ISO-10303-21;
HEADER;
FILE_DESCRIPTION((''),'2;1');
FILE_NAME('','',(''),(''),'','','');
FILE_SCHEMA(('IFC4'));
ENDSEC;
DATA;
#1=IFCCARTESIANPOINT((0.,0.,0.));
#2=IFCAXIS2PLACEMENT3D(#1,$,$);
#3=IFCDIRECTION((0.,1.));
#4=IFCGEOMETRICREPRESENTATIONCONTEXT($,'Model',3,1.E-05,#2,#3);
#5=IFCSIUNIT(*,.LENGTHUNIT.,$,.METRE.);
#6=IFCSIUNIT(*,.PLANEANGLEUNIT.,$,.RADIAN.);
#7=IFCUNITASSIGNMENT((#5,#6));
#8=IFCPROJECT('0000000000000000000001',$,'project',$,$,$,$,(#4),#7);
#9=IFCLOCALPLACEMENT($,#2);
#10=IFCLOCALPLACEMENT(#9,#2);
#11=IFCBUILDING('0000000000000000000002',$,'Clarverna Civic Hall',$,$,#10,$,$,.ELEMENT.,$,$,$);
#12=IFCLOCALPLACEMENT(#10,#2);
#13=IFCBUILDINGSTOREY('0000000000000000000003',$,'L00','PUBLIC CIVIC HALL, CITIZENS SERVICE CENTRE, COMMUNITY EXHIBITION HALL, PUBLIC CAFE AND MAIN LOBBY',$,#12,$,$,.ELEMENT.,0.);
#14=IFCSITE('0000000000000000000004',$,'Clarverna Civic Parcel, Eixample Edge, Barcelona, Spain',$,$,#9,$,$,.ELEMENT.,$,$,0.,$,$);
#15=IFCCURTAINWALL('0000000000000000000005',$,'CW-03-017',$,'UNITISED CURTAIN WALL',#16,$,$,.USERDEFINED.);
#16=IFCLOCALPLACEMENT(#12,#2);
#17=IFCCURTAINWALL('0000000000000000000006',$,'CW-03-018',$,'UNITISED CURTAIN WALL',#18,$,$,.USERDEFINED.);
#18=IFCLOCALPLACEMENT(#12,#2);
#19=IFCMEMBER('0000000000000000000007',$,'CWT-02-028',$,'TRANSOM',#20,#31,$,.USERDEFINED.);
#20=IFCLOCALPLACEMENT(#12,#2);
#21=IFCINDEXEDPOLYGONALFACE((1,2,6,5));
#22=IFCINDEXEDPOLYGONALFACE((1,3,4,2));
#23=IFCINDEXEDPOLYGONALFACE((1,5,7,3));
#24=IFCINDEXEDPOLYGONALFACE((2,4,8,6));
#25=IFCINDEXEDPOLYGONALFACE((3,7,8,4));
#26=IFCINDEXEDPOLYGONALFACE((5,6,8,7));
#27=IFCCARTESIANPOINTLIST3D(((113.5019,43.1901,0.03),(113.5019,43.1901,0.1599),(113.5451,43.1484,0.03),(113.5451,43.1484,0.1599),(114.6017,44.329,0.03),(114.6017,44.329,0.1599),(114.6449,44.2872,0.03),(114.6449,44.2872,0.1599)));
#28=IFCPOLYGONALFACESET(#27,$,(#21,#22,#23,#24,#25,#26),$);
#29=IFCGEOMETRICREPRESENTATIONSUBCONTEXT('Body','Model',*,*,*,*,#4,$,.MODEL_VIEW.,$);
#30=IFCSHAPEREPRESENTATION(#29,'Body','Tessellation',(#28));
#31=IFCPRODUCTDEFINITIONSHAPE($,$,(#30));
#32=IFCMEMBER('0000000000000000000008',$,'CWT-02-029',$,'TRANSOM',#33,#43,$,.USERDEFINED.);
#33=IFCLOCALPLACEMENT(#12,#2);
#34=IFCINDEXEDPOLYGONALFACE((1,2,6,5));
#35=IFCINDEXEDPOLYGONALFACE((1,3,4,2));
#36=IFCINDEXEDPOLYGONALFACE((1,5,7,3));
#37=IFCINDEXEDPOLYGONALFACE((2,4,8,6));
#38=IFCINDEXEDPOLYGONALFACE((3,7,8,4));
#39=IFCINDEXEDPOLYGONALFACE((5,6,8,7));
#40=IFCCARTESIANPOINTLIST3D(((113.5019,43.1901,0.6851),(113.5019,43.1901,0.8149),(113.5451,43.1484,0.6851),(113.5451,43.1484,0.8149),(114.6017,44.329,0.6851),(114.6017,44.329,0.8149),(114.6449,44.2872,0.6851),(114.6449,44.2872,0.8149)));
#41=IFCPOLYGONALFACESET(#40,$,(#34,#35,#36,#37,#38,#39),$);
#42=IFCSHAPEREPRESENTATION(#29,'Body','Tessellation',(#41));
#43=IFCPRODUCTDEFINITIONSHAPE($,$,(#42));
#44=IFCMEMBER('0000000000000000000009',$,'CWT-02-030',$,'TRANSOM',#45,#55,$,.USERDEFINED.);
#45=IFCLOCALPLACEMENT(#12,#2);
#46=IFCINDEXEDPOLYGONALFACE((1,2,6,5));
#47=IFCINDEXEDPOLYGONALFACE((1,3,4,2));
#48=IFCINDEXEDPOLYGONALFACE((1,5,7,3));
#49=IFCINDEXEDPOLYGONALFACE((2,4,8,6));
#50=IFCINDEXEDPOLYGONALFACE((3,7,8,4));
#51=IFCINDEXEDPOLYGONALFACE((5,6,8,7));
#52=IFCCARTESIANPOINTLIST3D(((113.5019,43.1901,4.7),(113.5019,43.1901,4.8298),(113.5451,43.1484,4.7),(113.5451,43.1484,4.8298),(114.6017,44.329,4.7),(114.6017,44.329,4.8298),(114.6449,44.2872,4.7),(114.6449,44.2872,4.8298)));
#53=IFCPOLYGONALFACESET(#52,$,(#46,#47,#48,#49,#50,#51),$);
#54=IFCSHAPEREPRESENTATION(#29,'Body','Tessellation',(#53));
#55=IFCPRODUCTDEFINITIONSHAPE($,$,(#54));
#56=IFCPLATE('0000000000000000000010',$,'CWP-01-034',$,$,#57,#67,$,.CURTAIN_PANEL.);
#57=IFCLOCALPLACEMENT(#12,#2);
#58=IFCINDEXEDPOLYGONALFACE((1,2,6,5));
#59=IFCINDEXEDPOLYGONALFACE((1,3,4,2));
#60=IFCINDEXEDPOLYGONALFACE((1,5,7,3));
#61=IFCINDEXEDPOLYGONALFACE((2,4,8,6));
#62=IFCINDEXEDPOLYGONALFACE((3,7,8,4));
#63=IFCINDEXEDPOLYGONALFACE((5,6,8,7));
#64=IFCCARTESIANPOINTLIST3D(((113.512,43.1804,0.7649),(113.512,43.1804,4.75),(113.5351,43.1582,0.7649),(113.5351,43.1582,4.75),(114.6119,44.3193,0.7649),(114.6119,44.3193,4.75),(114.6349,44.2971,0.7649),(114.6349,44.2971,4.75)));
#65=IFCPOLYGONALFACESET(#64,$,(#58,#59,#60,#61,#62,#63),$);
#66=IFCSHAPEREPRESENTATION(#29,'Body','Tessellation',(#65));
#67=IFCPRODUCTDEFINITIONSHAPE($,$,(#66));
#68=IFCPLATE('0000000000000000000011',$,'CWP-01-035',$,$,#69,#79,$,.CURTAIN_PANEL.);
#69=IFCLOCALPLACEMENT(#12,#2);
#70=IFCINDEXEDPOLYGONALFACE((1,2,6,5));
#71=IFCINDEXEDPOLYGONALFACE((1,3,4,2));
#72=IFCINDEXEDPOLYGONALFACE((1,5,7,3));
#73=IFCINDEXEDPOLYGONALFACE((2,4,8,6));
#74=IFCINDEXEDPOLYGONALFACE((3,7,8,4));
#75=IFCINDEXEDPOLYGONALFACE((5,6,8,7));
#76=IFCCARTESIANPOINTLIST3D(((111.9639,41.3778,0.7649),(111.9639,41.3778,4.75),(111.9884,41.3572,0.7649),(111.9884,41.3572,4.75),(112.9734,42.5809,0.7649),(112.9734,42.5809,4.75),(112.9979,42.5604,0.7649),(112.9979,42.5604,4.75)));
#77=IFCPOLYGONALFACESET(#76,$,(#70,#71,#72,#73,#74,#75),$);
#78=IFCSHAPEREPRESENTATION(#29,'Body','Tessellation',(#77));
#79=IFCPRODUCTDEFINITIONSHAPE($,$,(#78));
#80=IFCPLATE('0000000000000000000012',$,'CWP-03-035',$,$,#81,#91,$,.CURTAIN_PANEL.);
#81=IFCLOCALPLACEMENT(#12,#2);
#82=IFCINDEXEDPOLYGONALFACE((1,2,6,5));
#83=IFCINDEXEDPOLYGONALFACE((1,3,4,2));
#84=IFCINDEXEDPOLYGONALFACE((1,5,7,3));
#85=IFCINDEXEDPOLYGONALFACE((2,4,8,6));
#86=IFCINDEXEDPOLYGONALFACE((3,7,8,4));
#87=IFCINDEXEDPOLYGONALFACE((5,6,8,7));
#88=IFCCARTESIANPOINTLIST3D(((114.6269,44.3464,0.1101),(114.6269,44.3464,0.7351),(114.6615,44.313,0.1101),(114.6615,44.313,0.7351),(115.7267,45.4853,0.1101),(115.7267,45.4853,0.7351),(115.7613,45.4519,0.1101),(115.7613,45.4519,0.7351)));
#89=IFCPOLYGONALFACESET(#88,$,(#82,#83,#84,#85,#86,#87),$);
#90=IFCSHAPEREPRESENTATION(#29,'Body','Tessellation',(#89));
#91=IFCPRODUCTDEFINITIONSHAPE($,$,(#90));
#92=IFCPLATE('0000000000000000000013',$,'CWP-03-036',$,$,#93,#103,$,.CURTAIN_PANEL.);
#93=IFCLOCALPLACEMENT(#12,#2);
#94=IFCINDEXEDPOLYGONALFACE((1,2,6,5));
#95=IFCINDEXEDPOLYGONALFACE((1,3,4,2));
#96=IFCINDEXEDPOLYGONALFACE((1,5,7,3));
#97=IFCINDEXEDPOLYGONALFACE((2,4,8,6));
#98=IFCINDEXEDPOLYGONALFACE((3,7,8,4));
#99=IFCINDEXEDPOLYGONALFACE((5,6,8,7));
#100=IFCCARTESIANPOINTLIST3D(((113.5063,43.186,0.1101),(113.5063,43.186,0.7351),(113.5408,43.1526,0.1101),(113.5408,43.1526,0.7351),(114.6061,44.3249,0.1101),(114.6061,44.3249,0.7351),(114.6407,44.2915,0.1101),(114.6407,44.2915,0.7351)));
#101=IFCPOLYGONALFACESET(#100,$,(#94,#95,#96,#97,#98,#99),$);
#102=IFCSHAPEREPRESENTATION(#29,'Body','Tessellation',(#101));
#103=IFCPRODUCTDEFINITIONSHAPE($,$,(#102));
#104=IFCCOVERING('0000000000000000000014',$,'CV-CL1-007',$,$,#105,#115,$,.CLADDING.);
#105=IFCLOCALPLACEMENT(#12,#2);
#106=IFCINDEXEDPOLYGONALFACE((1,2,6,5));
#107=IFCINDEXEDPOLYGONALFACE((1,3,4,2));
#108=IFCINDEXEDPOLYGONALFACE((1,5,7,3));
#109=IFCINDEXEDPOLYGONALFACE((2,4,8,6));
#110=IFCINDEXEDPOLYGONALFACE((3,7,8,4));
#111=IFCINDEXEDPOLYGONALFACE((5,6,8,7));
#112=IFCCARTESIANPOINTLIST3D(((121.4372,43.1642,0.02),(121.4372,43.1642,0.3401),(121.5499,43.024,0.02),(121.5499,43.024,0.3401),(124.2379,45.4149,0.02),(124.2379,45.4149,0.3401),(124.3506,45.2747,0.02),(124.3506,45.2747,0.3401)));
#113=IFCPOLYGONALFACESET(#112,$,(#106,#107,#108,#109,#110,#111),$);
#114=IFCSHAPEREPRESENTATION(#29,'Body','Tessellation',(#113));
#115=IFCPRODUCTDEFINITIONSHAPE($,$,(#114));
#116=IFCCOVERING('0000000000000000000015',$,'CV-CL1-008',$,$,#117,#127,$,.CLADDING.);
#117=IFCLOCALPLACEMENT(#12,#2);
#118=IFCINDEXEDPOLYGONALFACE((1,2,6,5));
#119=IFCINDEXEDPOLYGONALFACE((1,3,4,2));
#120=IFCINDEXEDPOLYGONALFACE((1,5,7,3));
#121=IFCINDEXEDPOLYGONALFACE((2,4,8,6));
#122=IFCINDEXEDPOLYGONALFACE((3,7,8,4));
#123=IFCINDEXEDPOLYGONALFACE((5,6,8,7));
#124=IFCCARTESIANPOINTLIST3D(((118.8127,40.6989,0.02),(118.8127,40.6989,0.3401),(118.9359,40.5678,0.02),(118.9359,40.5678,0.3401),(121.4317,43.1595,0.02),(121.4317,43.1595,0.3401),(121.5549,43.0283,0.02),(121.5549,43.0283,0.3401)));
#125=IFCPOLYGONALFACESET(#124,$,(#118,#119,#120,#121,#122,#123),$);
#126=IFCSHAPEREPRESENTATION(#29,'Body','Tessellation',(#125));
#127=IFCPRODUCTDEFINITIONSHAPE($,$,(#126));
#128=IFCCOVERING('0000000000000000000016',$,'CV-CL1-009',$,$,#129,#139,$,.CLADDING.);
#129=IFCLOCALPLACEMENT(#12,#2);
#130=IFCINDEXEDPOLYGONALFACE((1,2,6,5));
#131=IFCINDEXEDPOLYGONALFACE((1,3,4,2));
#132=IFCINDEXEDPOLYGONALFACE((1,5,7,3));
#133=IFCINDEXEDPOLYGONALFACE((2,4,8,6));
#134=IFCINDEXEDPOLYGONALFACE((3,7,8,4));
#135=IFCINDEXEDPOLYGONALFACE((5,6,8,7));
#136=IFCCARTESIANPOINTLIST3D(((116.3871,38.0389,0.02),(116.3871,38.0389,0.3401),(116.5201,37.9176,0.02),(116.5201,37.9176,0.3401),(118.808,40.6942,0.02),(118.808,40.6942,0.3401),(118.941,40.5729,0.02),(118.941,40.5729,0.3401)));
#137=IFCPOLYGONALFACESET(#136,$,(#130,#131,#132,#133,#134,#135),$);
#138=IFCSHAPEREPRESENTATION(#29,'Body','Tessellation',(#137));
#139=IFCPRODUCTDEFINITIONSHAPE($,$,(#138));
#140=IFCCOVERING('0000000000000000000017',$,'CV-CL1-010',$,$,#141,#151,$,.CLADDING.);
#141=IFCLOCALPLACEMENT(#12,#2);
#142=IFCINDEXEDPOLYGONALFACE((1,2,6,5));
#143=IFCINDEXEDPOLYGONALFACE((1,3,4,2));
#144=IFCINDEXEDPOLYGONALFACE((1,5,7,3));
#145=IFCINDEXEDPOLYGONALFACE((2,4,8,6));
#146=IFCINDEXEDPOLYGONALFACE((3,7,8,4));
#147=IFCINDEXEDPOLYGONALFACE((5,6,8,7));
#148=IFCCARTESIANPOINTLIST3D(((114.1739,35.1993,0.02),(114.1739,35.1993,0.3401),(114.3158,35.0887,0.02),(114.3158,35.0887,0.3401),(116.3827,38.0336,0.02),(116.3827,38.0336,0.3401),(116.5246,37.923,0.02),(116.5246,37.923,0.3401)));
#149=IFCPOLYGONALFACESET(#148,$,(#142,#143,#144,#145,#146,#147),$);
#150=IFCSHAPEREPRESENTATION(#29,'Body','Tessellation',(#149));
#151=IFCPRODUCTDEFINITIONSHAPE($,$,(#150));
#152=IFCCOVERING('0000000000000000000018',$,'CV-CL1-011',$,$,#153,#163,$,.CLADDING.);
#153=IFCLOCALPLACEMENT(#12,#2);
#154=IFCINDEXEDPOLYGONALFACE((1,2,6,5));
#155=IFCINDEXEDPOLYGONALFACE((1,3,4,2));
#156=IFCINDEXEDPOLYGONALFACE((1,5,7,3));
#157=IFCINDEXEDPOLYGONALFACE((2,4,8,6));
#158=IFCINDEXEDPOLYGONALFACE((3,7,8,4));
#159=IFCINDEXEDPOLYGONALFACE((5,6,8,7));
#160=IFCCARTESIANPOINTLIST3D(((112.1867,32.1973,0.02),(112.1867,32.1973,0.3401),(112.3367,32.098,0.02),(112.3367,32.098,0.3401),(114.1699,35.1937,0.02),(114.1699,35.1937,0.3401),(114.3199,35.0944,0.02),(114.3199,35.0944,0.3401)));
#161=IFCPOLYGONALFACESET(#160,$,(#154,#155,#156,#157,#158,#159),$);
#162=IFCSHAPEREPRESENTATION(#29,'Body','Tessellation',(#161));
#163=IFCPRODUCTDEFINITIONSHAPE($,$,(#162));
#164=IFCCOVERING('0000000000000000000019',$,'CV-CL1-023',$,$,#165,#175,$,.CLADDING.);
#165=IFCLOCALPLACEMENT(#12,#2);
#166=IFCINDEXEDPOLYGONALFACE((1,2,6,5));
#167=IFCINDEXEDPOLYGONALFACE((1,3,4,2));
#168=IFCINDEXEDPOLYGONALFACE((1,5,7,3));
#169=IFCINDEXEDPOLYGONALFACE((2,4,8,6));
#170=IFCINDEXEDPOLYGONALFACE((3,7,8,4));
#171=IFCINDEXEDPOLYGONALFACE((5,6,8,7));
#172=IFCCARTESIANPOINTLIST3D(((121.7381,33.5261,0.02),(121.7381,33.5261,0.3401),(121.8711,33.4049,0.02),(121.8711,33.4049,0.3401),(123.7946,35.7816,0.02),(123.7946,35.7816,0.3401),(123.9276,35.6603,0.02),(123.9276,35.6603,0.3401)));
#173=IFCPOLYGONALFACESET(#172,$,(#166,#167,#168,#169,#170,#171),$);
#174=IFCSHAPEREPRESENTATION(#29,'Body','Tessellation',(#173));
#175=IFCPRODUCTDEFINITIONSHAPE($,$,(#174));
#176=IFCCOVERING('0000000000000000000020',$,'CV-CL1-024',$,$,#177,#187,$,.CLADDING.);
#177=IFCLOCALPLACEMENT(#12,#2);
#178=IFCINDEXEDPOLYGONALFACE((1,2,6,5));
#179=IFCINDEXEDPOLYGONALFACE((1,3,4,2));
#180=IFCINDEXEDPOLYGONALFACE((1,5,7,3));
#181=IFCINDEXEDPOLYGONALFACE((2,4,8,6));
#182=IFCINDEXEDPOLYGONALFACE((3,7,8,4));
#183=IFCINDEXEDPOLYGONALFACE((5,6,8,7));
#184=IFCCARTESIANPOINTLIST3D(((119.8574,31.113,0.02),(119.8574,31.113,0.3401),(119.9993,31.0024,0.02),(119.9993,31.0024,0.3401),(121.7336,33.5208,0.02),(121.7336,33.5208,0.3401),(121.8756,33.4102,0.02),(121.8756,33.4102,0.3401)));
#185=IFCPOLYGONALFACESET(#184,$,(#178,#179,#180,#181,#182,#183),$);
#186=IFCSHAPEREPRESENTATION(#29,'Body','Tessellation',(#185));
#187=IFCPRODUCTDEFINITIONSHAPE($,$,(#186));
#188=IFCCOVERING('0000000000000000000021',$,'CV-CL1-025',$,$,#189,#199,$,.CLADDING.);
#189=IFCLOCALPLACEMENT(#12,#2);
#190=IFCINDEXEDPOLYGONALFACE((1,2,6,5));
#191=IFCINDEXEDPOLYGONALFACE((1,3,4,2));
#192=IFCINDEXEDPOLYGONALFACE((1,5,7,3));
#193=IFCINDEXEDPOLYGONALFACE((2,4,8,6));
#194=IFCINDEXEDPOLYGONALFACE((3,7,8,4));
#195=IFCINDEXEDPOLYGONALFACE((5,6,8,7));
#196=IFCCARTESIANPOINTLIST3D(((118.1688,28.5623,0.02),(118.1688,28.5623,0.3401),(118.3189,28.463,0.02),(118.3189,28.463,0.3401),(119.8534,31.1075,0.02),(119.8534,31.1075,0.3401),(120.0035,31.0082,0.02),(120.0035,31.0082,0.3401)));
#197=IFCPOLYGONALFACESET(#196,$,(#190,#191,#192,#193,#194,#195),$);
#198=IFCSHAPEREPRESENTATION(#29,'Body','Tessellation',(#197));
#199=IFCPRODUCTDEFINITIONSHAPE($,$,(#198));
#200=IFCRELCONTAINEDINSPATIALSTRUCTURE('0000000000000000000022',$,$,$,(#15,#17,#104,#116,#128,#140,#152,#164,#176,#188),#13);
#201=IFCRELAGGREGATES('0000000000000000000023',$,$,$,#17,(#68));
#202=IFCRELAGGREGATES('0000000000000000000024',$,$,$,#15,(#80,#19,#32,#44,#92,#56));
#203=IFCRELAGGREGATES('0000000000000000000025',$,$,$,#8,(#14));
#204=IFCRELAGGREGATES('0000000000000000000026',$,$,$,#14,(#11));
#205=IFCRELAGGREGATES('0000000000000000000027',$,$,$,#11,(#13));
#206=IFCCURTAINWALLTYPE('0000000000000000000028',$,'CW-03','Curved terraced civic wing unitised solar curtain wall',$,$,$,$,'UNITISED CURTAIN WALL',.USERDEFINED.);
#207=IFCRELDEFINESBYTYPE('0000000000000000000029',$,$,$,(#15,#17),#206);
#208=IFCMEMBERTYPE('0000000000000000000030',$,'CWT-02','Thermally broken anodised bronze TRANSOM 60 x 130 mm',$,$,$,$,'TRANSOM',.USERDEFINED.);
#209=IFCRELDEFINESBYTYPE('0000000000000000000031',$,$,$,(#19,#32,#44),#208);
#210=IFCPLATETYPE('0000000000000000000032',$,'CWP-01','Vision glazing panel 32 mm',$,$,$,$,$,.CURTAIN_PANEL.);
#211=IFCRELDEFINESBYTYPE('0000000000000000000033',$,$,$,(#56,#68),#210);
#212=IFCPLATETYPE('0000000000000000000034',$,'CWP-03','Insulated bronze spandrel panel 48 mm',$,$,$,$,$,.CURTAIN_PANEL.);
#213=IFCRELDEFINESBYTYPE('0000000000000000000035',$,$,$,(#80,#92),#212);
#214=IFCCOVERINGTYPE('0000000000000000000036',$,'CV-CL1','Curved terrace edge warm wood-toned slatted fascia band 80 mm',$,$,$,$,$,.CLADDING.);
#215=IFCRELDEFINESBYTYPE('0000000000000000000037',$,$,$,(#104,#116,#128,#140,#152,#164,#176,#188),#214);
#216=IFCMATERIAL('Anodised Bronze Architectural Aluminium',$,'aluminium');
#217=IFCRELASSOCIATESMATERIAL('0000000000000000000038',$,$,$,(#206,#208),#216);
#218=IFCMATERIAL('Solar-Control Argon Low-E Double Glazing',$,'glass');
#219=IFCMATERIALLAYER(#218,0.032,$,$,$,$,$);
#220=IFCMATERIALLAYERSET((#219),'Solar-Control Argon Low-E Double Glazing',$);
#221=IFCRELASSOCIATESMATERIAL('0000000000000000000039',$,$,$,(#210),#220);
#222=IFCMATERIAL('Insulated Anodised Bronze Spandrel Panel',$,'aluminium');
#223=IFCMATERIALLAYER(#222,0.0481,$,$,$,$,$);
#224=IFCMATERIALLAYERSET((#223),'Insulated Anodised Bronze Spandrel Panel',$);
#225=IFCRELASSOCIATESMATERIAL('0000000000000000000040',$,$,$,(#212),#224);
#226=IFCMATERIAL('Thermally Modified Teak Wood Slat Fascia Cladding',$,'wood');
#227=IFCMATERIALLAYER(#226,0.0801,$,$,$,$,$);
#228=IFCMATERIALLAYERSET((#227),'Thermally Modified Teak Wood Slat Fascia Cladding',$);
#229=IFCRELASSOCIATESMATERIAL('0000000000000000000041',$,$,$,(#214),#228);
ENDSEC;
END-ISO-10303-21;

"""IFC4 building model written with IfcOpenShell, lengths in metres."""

from ifc_helpers import new_model, si_unit, direction, frame, frame_2d, origin, origin_2d, place, context, subcontext, project, spatial, rectangle, extrude, material, layer, layer_set, material_profile, profile_set, type_object, element, aggregate, save


model = new_model("IFC4")

# Units and contexts
model_context = context("Model", 3, precision=1e-05, world=origin(), true_north=direction((0.0, 1.0)))
body_context = subcontext(model_context, "Body", "Model", "MODEL_VIEW")
ifc_project = project(units=[si_unit("LENGTHUNIT", "METRE"), si_unit("PLANEANGLEUNIT", "RADIAN")], contexts=[model_context])

# Site, building, storey
site_placement = place(None, origin())
site = spatial("IfcSite", under=ifc_project, at=site_placement, Name="Clarverna Civic Parcel, Eixample Edge, Barcelona, Spain", CompositionType="ELEMENT", RefElevation=0.0)
building_placement = place(site_placement, origin())
building = spatial("IfcBuilding", under=site, at=building_placement, Name="Clarverna Civic Hall", CompositionType="ELEMENT")
storey_placement = place(building_placement, origin())
storey = spatial("IfcBuildingStorey", under=building, at=storey_placement, Name="L00", Description="PUBLIC CIVIC HALL, CITIZENS SERVICE CENTRE, COMMUNITY EXHIBITION HALL, PUBLIC CAFE AND MAIN LOBBY", CompositionType="ELEMENT", Elevation=0.0)

# Curtain wall
ifc_material_1 = material(Name="Anodised Bronze Architectural Aluminium", Category="aluminium")
curtain_wall_type = type_object("IfcCurtainWallType", Name="CW-03", Description="Curved terraced civic wing unitised solar curtain wall", ElementType="UNITISED CURTAIN WALL", PredefinedType="USERDEFINED", material=ifc_material_1)
curtain_wall_1_placement = place(storey_placement, origin())
curtain_wall_1 = element("IfcCurtainWall", 1, at=curtain_wall_1_placement, inside=storey, type_object=curtain_wall_type, Name="CW-03-017", ObjectType="UNITISED CURTAIN WALL", PredefinedType="USERDEFINED")

# Curtain wall
curtain_wall_2_placement = place(storey_placement, origin())
curtain_wall_2 = element("IfcCurtainWall", 2, at=curtain_wall_2_placement, inside=storey, type_object=curtain_wall_type, Name="CW-03-018", ObjectType="UNITISED CURTAIN WALL", PredefinedType="USERDEFINED")

# Members
ifc_material_profile_1 = material_profile(ifc_material_1, rectangle(XDim=0.0601, YDim=0.1299, at=origin_2d()), Name="BRONZE 60x130")
ifc_profile_set_1 = profile_set([ifc_material_profile_1], Name="Anodised Bronze Architectural Aluminium")
member_type_1 = type_object("IfcMemberType", Name="CWT-02", Description="Thermally broken anodised bronze TRANSOM 60 x 130 mm", ElementType="TRANSOM", PredefinedType="USERDEFINED", material=ifc_profile_set_1)
member_1_placement = place(storey_placement, frame((114.6233, 44.3081, 0.095), z_axis=(-0.694663, -0.719335, 0.0), x_axis=(0.719335, -0.694663, 0.0)))
member_1 = element("IfcMember", 3, at=member_1_placement, type_object=member_type_1, Name="CWT-02-028", ObjectType="TRANSOM", PredefinedType="USERDEFINED", context=body_context, shape_type="SweptSolid", body=[
    extrude(rectangle(XDim=0.0601, YDim=0.1299, at=origin_2d()), origin(), (0.0, 0.0, 1.0), 1.5833),
])
member_2_placement = place(storey_placement, frame((114.6233, 44.3081, 0.75), z_axis=(-0.694663, -0.719335, 0.0), x_axis=(0.719335, -0.694663, 0.0)))
member_2 = element("IfcMember", 4, at=member_2_placement, type_object=member_type_1, Name="CWT-02-029", ObjectType="TRANSOM", PredefinedType="USERDEFINED", context=body_context, shape_type="SweptSolid", body=[
    extrude(rectangle(XDim=0.0601, YDim=0.1299, at=origin_2d()), origin(), (0.0, 0.0, 1.0), 1.5833),
])
member_3_placement = place(storey_placement, frame((114.6233, 44.3081, 4.7649), z_axis=(-0.694663, -0.719335, 0.0), x_axis=(0.719335, -0.694663, 0.0)))
member_3 = element("IfcMember", 5, at=member_3_placement, type_object=member_type_1, Name="CWT-02-030", ObjectType="TRANSOM", PredefinedType="USERDEFINED", context=body_context, shape_type="SweptSolid", body=[
    extrude(rectangle(XDim=0.0601, YDim=0.1299, at=origin_2d()), origin(), (0.0, 0.0, 1.0), 1.5833),
])

# Plates
ifc_material_2 = material(Name="Solar-Control Argon Low-E Double Glazing", Category="glass")
ifc_layer_1 = layer(ifc_material_2, 0.032)
ifc_layer_set_1 = layer_set([ifc_layer_1], Name="Solar-Control Argon Low-E Double Glazing")
plate_type_1 = type_object("IfcPlateType", Name="CWP-01", Description="Vision glazing panel 32 mm", PredefinedType="CURTAIN_PANEL", material=ifc_layer_set_1)
plate_1_placement = place(storey_placement, frame((114.6233, 44.3081, 0.7649), z_axis=(0.0, 0.0, 1.0), x_axis=(-0.694663, -0.719335, 0.0)))
plate_1 = element("IfcPlate", 6, at=plate_1_placement, type_object=plate_type_1, Name="CWP-01-034", PredefinedType="CURTAIN_PANEL", context=body_context, shape_type="SweptSolid", body=[
    extrude(rectangle(XDim=1.5833, YDim=0.032, at=frame_2d((0.7915, 0.0))), origin(), (0.0, 0.0, 1.0), 3.9851),
])
plate_2_placement = place(storey_placement, frame((112.9856, 42.5706, 0.7649), z_axis=(0.0, 0.0, 1.0), x_axis=(-0.64278, -0.766051, 0.0)))
plate_2 = element("IfcPlate", 7, at=plate_2_placement, type_object=plate_type_1, Name="CWP-01-035", PredefinedType="CURTAIN_PANEL", context=body_context, shape_type="SweptSolid", body=[
    extrude(rectangle(XDim=1.5706, YDim=0.032, at=frame_2d((0.7852, 0.0))), origin(), (0.0, 0.0, 1.0), 3.9851),
])
aggregate(curtain_wall_2, [plate_2])
ifc_material_3 = material(Name="Insulated Anodised Bronze Spandrel Panel", Category="aluminium")
ifc_layer_2 = layer(ifc_material_3, 0.0481)
ifc_layer_set_2 = layer_set([ifc_layer_2], Name="Insulated Anodised Bronze Spandrel Panel")
plate_type_2 = type_object("IfcPlateType", Name="CWP-03", Description="Insulated bronze spandrel panel 48 mm", PredefinedType="CURTAIN_PANEL", material=ifc_layer_set_2)
plate_3_placement = place(storey_placement, frame((115.7439, 45.4685, 0.1101), z_axis=(0.0, 0.0, 1.0), x_axis=(-0.694663, -0.719335, 0.0)))
plate_3 = element("IfcPlate", 8, at=plate_3_placement, type_object=plate_type_2, Name="CWP-03-035", PredefinedType="CURTAIN_PANEL", context=body_context, shape_type="SweptSolid", body=[
    extrude(rectangle(XDim=1.5833, YDim=0.0481, at=frame_2d((0.7915, 0.0))), origin(), (0.0, 0.0, 1.0), 0.625),
])
plate_4_placement = place(storey_placement, frame((114.6233, 44.3081, 0.1101), z_axis=(0.0, 0.0, 1.0), x_axis=(-0.694663, -0.719335, 0.0)))
plate_4 = element("IfcPlate", 9, at=plate_4_placement, type_object=plate_type_2, Name="CWP-03-036", PredefinedType="CURTAIN_PANEL", context=body_context, shape_type="SweptSolid", body=[
    extrude(rectangle(XDim=1.5833, YDim=0.0481, at=frame_2d((0.7915, 0.0))), origin(), (0.0, 0.0, 1.0), 0.625),
])
aggregate(curtain_wall_1, [plate_3, member_1, member_2, member_3, plate_4, plate_1])

# Coverings
ifc_material_4 = material(Name="Thermally Modified Teak Wood Slat Fascia Cladding", Category="wood")
ifc_layer_3 = layer(ifc_material_4, 0.0801)
ifc_layer_set_3 = layer_set([ifc_layer_3], Name="Thermally Modified Teak Wood Slat Fascia Cladding")
covering_type = type_object("IfcCoveringType", Name="CV-CL1", Description="Curved terrace edge warm wood-toned slatted fascia band 80 mm", PredefinedType="CLADDING", material=ifc_layer_set_3)
covering_1_placement = place(storey_placement, frame((124.2942, 45.3447, 0.02), z_axis=(0.0, 0.0, 1.0), x_axis=(-0.779495, -0.626409, 0.0)))
element("IfcCovering", 10, at=covering_1_placement, inside=storey, type_object=covering_type, Name="CV-CL1-007", PredefinedType="CLADDING", context=body_context, shape_type="SweptSolid", body=[
    extrude(rectangle(XDim=3.593, YDim=0.1799, at=frame_2d((1.7964, 0.0))), origin(), (0.0, 0.0, 1.0), 0.3201),
])
covering_2_placement = place(storey_placement, frame((121.4934, 43.094, 0.02), z_axis=(0.0, 0.0, 1.0), x_axis=(-0.72881, -0.684716, 0.0)))
element("IfcCovering", 11, at=covering_2_placement, inside=storey, type_object=covering_type, Name="CV-CL1-008", PredefinedType="CLADDING", context=body_context, shape_type="SweptSolid", body=[
    extrude(rectangle(XDim=3.5935, YDim=0.1799, at=frame_2d((1.7969, 0.0))), origin(), (0.0, 0.0, 1.0), 0.3201),
])
for number, where, z_axis, x_axis, name in (
    (12, (118.8745, 40.6335, 0.02), (0.0, 0.0, 1.0), (-0.673741, -0.738968, 0.0), "CV-CL1-009"),
    (13, (116.4536, 37.9783, 0.02), (0.0, 0.0, 1.0), (-0.614693, -0.788766, 0.0), "CV-CL1-010"),
    (14, (114.2449, 35.144, 0.02), (0.0, 0.0, 1.0), (-0.551922, -0.833896, 0.0), "CV-CL1-011"),
):
    element("IfcCovering", number, at=place(storey_placement, frame(where, z_axis=z_axis, x_axis=x_axis)), inside=storey, type_object=covering_type, Name=name, PredefinedType="CLADDING", context=body_context, shape_type="SweptSolid", body=[
        extrude(rectangle(XDim=3.5933, YDim=0.1799, at=frame_2d((1.7966, 0.0))), origin(), (0.0, 0.0, 1.0), 0.3201),
    ])
covering_3_placement = place(storey_placement, frame((123.8611, 35.7209, 0.02), z_axis=(0.0, 0.0, 1.0), x_axis=(-0.673759, -0.738951, 0.0)))
element("IfcCovering", 15, at=covering_3_placement, inside=storey, type_object=covering_type, Name="CV-CL1-023", PredefinedType="CLADDING", context=body_context, shape_type="SweptSolid", body=[
    extrude(rectangle(XDim=3.0522, YDim=0.1799, at=frame_2d((1.5261, 0.0))), origin(), (0.0, 0.0, 1.0), 0.3201),
])
covering_4_placement = place(storey_placement, frame((121.8047, 33.4656, 0.02), z_axis=(0.0, 0.0, 1.0), x_axis=(-0.614666, -0.788788, 0.0)))
element("IfcCovering", 16, at=covering_4_placement, inside=storey, type_object=covering_type, Name="CV-CL1-024", PredefinedType="CLADDING", context=body_context, shape_type="SweptSolid", body=[
    extrude(rectangle(XDim=3.0525, YDim=0.1799, at=frame_2d((1.5264, 0.0))), origin(), (0.0, 0.0, 1.0), 0.3201),
])
covering_5_placement = place(storey_placement, frame((119.9285, 31.0579, 0.02), z_axis=(0.0, 0.0, 1.0), x_axis=(-0.551928, -0.833892, 0.0)))
element("IfcCovering", 17, at=covering_5_placement, inside=storey, type_object=covering_type, Name="CV-CL1-025", PredefinedType="CLADDING", context=body_context, shape_type="SweptSolid", body=[
    extrude(rectangle(XDim=3.0522, YDim=0.1799, at=frame_2d((1.5261, 0.0))), origin(), (0.0, 0.0, 1.0), 0.3201),
])

save(model, "model.ifc")
